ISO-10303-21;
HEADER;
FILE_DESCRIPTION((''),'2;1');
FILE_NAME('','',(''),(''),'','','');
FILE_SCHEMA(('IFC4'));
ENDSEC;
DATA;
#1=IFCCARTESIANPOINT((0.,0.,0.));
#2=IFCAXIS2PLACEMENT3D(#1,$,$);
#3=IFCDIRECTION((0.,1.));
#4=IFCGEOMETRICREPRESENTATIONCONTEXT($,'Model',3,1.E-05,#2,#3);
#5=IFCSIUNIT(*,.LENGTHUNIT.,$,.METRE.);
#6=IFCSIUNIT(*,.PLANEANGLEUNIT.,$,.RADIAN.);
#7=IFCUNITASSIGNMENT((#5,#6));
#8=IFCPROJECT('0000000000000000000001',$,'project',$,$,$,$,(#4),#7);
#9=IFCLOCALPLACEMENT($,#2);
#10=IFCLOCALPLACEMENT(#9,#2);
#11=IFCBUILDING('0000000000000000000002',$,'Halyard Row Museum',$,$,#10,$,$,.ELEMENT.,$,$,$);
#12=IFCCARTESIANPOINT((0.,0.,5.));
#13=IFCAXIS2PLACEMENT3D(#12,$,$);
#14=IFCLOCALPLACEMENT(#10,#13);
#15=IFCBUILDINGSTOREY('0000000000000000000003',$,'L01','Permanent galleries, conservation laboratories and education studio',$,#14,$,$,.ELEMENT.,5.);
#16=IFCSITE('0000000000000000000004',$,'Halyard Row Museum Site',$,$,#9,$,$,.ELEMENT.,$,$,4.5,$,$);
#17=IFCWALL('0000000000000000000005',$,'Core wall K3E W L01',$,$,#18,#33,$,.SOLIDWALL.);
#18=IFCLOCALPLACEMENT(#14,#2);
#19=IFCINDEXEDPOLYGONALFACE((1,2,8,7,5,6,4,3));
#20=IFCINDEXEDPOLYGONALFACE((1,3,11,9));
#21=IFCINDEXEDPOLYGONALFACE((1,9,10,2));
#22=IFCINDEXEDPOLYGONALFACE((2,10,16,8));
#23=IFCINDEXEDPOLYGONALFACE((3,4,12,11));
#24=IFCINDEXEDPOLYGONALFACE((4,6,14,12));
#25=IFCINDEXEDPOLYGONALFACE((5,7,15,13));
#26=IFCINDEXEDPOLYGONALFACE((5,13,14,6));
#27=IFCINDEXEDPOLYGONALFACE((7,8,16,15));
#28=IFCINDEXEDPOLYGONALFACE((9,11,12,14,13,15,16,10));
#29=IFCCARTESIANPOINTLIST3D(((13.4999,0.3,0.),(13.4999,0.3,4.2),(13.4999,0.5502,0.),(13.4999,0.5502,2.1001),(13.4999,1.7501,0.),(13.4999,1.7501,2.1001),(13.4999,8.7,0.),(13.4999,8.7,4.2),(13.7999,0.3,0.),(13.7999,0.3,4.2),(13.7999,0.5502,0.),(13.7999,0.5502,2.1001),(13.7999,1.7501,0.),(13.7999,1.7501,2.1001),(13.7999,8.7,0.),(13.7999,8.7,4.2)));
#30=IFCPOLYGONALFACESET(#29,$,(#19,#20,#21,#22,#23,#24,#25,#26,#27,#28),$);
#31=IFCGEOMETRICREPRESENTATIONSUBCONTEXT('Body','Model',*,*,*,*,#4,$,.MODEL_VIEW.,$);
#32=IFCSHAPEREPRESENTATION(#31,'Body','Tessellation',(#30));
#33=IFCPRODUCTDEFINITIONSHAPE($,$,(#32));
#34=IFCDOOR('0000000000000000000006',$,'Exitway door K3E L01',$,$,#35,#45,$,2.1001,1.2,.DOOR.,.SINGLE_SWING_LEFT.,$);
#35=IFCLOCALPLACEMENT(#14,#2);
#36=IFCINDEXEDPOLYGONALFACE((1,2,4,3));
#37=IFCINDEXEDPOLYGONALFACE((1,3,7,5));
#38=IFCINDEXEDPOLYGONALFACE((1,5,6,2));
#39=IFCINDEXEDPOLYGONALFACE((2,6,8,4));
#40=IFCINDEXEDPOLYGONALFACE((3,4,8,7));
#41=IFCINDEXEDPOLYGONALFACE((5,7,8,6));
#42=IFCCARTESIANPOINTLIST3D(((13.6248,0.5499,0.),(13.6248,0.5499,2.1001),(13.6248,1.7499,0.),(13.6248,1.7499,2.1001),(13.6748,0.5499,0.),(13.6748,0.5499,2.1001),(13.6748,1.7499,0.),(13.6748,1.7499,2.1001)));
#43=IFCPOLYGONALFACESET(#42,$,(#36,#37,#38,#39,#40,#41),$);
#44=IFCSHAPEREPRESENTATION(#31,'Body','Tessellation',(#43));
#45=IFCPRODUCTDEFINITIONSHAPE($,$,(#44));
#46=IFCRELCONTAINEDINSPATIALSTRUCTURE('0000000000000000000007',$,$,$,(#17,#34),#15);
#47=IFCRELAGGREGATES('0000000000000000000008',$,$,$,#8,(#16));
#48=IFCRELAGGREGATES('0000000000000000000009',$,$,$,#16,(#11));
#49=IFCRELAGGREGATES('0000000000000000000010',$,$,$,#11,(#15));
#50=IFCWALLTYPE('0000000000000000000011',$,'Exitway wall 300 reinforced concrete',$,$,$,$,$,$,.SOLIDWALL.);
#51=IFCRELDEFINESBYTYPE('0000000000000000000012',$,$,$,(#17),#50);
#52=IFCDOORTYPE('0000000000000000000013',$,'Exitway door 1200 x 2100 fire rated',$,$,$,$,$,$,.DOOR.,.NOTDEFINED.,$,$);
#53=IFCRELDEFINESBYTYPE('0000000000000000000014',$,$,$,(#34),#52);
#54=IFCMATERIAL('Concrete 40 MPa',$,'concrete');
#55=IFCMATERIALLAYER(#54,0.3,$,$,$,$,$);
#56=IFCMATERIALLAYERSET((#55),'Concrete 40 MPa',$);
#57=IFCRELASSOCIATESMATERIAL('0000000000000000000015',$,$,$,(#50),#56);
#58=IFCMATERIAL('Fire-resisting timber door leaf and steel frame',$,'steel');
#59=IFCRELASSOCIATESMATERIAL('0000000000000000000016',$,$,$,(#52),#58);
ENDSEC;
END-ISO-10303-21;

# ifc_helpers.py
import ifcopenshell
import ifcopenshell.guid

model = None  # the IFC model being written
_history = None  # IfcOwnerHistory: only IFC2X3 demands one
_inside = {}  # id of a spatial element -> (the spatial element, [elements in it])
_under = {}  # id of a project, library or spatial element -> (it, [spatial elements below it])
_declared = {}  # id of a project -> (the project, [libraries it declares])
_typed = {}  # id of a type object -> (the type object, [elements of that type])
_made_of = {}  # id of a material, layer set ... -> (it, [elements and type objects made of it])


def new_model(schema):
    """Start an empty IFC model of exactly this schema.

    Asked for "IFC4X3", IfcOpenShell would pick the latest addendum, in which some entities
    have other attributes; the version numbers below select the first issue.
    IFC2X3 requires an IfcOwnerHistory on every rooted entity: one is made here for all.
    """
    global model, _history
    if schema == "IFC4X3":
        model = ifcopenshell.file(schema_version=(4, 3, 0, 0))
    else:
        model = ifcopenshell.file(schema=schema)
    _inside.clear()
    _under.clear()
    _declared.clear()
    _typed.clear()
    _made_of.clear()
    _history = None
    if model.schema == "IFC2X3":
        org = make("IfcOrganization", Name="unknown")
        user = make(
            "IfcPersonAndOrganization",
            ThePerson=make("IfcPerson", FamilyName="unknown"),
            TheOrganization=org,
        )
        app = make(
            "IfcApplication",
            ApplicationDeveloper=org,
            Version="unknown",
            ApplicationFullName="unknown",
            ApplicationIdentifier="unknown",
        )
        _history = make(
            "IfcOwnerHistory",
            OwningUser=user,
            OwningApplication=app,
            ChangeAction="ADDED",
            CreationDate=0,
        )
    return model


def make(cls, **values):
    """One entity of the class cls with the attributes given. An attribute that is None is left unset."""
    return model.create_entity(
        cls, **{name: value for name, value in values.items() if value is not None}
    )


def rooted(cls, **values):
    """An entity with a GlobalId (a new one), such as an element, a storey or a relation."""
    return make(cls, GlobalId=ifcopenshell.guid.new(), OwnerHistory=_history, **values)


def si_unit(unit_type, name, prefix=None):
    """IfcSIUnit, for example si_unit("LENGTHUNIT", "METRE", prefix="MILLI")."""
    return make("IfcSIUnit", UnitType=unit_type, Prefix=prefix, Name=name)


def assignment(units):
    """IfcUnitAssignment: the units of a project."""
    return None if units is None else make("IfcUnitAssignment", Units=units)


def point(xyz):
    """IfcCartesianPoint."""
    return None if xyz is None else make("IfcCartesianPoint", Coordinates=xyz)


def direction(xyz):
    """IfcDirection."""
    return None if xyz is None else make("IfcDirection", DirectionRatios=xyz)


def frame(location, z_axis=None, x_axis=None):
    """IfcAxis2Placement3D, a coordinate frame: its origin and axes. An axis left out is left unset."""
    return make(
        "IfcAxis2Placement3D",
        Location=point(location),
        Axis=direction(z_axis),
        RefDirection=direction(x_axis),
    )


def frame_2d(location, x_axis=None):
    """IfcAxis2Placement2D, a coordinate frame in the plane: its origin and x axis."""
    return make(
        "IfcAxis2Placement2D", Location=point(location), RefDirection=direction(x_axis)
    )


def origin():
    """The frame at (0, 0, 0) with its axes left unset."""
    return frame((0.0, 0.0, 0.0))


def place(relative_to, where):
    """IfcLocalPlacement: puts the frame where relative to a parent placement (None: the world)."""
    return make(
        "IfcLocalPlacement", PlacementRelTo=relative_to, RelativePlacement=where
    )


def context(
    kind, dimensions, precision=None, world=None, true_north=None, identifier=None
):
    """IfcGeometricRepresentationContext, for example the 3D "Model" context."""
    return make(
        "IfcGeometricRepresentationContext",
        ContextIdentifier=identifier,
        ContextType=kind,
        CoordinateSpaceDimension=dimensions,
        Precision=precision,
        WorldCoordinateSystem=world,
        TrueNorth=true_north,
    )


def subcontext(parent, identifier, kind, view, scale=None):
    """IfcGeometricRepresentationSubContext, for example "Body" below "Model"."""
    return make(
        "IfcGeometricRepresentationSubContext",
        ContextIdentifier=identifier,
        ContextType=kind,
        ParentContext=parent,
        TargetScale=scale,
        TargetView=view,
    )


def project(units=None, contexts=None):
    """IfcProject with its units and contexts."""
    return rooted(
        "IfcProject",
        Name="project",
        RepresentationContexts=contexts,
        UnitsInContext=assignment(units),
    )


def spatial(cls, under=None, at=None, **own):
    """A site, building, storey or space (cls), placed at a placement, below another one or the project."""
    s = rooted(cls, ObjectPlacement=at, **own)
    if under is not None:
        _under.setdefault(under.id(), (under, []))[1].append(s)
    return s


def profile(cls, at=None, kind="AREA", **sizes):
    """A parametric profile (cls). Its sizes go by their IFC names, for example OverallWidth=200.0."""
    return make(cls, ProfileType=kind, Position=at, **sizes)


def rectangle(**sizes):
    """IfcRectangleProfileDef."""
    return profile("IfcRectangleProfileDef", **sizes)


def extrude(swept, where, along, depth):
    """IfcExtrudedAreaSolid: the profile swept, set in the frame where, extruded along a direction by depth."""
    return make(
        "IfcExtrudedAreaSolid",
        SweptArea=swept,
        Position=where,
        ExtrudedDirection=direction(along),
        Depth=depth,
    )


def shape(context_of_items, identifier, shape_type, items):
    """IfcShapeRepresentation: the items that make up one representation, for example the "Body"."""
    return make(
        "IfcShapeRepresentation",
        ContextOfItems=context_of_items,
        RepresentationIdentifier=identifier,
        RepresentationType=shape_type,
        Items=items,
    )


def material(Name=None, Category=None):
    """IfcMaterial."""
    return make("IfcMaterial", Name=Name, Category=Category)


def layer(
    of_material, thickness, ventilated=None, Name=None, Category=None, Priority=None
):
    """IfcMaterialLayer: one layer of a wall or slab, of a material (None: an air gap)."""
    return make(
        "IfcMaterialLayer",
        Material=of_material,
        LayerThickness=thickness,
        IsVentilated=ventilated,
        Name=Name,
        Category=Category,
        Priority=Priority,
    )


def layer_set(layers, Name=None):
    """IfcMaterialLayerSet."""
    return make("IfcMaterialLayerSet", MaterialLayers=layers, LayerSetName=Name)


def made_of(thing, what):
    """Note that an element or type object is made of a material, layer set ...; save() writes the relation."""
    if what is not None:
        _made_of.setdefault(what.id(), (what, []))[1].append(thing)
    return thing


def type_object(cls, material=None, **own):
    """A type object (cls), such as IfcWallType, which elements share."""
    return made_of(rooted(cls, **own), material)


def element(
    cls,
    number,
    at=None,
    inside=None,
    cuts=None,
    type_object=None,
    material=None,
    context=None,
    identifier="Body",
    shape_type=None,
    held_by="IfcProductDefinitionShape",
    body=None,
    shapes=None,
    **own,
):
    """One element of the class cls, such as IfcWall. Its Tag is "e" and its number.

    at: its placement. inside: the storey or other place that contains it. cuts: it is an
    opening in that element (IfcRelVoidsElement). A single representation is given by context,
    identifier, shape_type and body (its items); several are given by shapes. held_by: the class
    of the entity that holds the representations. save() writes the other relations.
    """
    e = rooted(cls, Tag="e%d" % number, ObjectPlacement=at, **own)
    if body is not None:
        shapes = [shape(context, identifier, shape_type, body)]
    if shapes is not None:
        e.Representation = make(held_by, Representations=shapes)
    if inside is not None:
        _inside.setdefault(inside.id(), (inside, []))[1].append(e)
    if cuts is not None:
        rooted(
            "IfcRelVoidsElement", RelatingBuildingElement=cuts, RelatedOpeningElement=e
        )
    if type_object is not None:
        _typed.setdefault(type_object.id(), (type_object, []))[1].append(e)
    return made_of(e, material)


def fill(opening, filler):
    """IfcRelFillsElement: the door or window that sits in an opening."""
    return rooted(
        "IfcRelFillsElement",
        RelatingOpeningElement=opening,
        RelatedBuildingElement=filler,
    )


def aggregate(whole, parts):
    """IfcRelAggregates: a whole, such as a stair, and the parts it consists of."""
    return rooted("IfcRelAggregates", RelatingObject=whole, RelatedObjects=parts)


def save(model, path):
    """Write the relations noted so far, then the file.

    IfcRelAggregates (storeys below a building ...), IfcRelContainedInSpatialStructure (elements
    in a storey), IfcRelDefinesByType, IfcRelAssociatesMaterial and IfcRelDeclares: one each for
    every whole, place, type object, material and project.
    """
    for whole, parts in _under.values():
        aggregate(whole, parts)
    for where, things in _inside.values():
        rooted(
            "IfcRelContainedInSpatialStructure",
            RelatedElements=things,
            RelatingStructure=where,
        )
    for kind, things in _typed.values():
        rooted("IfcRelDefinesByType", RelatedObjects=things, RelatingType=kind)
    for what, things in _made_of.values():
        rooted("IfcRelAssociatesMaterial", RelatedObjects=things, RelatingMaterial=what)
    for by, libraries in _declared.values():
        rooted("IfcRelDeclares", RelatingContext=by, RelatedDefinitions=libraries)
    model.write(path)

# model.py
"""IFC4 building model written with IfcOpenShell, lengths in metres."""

from ifc_helpers import new_model, si_unit, direction, frame, frame_2d, origin, place, context, subcontext, project, spatial, rectangle, extrude, material, layer, layer_set, type_object, element, fill, save


model = new_model("IFC4")

# Units and contexts
model_context = context("Model", 3, precision=1e-05, world=origin(), true_north=direction((0.0, 1.0)))
body_context = subcontext(model_context, "Body", "Model", "MODEL_VIEW")
ifc_project = project(units=[si_unit("LENGTHUNIT", "METRE"), si_unit("PLANEANGLEUNIT", "RADIAN")], contexts=[model_context])

# Site, building, storey
site_placement = place(None, origin())
site = spatial("IfcSite", under=ifc_project, at=site_placement, Name="Halyard Row Museum Site", CompositionType="ELEMENT", RefElevation=4.5)
building_placement = place(site_placement, origin())
building = spatial("IfcBuilding", under=site, at=building_placement, Name="Halyard Row Museum", CompositionType="ELEMENT")
storey_placement = place(building_placement, frame((0.0, 0.0, 5.0)))
storey = spatial("IfcBuildingStorey", under=building, at=storey_placement, Name="L01", Description="Permanent galleries, conservation laboratories and education studio", CompositionType="ELEMENT", Elevation=5.0)

# Shared definitions
ifc_material_1 = material(Name="Concrete 40 MPa", Category="concrete")
ifc_layer_1 = layer(ifc_material_1, 0.3)
ifc_layer_set_1 = layer_set([ifc_layer_1], Name="Concrete 40 MPa")
wall_type = type_object("IfcWallType", Name="Exitway wall 300 reinforced concrete", PredefinedType="SOLIDWALL", material=ifc_layer_set_1)

# Wall, opening, door
wall_1_placement = place(storey_placement, frame((13.6499, 0.3, 0.0), z_axis=(0.0, 0.0, 1.0), x_axis=(0.0, 1.0, 0.0)))
wall_1 = element("IfcWall", 1, at=wall_1_placement, inside=storey, type_object=wall_type, Name="Core wall K3E W L01", PredefinedType="SOLIDWALL", context=body_context, shape_type="SweptSolid", body=[
    extrude(rectangle(XDim=8.3999, YDim=0.3, at=frame_2d((4.2, 0.0))), origin(), (0.0, 0.0, 1.0), 4.2),
])
opening_placement = place(wall_1_placement, frame((0.25, 0.0, 0.0)))
opening = element("IfcOpeningElement", 2, at=opening_placement, cuts=wall_1, PredefinedType="OPENING", context=body_context, shape_type="SweptSolid", body=[
    extrude(rectangle(XDim=1.2, YDim=2.1001, at=frame_2d((0.6001, 1.05))), frame((0.0, 0.1599, 0.0), z_axis=(0.0, -1.0, 0.0), x_axis=(1.0, 0.0, 0.0)), (0.0, 0.0, 1.0), 0.3201),
])
ifc_material_2 = material(Name="Fire-resisting timber door leaf and steel frame", Category="steel")
door_type = type_object("IfcDoorType", Name="Exitway door 1200 x 2100 fire rated", OperationType="NOTDEFINED", PredefinedType="DOOR", material=ifc_material_2)
door_placement = place(opening_placement, frame((1.2, 0.0, 0.0), z_axis=(0.0, 0.0, 1.0), x_axis=(-1.0, 0.0, 0.0)))
door = element("IfcDoor", 3, at=door_placement, inside=storey, type_object=door_type, Name="Exitway door K3E L01", OperationType="SINGLE_SWING_LEFT", OverallHeight=2.1001, OverallWidth=1.2, PredefinedType="DOOR", context=body_context, shape_type="SweptSolid", body=[
    extrude(rectangle(XDim=1.2, YDim=2.1001, at=frame_2d((0.6001, 1.05))), frame((0.0, 0.0249, 0.0), z_axis=(0.0, -1.0, 0.0), x_axis=(1.0, 0.0, 0.0)), (0.0, 0.0, 1.0), 0.05),
])
fill(opening, door)

save(model, "model.ifc")
